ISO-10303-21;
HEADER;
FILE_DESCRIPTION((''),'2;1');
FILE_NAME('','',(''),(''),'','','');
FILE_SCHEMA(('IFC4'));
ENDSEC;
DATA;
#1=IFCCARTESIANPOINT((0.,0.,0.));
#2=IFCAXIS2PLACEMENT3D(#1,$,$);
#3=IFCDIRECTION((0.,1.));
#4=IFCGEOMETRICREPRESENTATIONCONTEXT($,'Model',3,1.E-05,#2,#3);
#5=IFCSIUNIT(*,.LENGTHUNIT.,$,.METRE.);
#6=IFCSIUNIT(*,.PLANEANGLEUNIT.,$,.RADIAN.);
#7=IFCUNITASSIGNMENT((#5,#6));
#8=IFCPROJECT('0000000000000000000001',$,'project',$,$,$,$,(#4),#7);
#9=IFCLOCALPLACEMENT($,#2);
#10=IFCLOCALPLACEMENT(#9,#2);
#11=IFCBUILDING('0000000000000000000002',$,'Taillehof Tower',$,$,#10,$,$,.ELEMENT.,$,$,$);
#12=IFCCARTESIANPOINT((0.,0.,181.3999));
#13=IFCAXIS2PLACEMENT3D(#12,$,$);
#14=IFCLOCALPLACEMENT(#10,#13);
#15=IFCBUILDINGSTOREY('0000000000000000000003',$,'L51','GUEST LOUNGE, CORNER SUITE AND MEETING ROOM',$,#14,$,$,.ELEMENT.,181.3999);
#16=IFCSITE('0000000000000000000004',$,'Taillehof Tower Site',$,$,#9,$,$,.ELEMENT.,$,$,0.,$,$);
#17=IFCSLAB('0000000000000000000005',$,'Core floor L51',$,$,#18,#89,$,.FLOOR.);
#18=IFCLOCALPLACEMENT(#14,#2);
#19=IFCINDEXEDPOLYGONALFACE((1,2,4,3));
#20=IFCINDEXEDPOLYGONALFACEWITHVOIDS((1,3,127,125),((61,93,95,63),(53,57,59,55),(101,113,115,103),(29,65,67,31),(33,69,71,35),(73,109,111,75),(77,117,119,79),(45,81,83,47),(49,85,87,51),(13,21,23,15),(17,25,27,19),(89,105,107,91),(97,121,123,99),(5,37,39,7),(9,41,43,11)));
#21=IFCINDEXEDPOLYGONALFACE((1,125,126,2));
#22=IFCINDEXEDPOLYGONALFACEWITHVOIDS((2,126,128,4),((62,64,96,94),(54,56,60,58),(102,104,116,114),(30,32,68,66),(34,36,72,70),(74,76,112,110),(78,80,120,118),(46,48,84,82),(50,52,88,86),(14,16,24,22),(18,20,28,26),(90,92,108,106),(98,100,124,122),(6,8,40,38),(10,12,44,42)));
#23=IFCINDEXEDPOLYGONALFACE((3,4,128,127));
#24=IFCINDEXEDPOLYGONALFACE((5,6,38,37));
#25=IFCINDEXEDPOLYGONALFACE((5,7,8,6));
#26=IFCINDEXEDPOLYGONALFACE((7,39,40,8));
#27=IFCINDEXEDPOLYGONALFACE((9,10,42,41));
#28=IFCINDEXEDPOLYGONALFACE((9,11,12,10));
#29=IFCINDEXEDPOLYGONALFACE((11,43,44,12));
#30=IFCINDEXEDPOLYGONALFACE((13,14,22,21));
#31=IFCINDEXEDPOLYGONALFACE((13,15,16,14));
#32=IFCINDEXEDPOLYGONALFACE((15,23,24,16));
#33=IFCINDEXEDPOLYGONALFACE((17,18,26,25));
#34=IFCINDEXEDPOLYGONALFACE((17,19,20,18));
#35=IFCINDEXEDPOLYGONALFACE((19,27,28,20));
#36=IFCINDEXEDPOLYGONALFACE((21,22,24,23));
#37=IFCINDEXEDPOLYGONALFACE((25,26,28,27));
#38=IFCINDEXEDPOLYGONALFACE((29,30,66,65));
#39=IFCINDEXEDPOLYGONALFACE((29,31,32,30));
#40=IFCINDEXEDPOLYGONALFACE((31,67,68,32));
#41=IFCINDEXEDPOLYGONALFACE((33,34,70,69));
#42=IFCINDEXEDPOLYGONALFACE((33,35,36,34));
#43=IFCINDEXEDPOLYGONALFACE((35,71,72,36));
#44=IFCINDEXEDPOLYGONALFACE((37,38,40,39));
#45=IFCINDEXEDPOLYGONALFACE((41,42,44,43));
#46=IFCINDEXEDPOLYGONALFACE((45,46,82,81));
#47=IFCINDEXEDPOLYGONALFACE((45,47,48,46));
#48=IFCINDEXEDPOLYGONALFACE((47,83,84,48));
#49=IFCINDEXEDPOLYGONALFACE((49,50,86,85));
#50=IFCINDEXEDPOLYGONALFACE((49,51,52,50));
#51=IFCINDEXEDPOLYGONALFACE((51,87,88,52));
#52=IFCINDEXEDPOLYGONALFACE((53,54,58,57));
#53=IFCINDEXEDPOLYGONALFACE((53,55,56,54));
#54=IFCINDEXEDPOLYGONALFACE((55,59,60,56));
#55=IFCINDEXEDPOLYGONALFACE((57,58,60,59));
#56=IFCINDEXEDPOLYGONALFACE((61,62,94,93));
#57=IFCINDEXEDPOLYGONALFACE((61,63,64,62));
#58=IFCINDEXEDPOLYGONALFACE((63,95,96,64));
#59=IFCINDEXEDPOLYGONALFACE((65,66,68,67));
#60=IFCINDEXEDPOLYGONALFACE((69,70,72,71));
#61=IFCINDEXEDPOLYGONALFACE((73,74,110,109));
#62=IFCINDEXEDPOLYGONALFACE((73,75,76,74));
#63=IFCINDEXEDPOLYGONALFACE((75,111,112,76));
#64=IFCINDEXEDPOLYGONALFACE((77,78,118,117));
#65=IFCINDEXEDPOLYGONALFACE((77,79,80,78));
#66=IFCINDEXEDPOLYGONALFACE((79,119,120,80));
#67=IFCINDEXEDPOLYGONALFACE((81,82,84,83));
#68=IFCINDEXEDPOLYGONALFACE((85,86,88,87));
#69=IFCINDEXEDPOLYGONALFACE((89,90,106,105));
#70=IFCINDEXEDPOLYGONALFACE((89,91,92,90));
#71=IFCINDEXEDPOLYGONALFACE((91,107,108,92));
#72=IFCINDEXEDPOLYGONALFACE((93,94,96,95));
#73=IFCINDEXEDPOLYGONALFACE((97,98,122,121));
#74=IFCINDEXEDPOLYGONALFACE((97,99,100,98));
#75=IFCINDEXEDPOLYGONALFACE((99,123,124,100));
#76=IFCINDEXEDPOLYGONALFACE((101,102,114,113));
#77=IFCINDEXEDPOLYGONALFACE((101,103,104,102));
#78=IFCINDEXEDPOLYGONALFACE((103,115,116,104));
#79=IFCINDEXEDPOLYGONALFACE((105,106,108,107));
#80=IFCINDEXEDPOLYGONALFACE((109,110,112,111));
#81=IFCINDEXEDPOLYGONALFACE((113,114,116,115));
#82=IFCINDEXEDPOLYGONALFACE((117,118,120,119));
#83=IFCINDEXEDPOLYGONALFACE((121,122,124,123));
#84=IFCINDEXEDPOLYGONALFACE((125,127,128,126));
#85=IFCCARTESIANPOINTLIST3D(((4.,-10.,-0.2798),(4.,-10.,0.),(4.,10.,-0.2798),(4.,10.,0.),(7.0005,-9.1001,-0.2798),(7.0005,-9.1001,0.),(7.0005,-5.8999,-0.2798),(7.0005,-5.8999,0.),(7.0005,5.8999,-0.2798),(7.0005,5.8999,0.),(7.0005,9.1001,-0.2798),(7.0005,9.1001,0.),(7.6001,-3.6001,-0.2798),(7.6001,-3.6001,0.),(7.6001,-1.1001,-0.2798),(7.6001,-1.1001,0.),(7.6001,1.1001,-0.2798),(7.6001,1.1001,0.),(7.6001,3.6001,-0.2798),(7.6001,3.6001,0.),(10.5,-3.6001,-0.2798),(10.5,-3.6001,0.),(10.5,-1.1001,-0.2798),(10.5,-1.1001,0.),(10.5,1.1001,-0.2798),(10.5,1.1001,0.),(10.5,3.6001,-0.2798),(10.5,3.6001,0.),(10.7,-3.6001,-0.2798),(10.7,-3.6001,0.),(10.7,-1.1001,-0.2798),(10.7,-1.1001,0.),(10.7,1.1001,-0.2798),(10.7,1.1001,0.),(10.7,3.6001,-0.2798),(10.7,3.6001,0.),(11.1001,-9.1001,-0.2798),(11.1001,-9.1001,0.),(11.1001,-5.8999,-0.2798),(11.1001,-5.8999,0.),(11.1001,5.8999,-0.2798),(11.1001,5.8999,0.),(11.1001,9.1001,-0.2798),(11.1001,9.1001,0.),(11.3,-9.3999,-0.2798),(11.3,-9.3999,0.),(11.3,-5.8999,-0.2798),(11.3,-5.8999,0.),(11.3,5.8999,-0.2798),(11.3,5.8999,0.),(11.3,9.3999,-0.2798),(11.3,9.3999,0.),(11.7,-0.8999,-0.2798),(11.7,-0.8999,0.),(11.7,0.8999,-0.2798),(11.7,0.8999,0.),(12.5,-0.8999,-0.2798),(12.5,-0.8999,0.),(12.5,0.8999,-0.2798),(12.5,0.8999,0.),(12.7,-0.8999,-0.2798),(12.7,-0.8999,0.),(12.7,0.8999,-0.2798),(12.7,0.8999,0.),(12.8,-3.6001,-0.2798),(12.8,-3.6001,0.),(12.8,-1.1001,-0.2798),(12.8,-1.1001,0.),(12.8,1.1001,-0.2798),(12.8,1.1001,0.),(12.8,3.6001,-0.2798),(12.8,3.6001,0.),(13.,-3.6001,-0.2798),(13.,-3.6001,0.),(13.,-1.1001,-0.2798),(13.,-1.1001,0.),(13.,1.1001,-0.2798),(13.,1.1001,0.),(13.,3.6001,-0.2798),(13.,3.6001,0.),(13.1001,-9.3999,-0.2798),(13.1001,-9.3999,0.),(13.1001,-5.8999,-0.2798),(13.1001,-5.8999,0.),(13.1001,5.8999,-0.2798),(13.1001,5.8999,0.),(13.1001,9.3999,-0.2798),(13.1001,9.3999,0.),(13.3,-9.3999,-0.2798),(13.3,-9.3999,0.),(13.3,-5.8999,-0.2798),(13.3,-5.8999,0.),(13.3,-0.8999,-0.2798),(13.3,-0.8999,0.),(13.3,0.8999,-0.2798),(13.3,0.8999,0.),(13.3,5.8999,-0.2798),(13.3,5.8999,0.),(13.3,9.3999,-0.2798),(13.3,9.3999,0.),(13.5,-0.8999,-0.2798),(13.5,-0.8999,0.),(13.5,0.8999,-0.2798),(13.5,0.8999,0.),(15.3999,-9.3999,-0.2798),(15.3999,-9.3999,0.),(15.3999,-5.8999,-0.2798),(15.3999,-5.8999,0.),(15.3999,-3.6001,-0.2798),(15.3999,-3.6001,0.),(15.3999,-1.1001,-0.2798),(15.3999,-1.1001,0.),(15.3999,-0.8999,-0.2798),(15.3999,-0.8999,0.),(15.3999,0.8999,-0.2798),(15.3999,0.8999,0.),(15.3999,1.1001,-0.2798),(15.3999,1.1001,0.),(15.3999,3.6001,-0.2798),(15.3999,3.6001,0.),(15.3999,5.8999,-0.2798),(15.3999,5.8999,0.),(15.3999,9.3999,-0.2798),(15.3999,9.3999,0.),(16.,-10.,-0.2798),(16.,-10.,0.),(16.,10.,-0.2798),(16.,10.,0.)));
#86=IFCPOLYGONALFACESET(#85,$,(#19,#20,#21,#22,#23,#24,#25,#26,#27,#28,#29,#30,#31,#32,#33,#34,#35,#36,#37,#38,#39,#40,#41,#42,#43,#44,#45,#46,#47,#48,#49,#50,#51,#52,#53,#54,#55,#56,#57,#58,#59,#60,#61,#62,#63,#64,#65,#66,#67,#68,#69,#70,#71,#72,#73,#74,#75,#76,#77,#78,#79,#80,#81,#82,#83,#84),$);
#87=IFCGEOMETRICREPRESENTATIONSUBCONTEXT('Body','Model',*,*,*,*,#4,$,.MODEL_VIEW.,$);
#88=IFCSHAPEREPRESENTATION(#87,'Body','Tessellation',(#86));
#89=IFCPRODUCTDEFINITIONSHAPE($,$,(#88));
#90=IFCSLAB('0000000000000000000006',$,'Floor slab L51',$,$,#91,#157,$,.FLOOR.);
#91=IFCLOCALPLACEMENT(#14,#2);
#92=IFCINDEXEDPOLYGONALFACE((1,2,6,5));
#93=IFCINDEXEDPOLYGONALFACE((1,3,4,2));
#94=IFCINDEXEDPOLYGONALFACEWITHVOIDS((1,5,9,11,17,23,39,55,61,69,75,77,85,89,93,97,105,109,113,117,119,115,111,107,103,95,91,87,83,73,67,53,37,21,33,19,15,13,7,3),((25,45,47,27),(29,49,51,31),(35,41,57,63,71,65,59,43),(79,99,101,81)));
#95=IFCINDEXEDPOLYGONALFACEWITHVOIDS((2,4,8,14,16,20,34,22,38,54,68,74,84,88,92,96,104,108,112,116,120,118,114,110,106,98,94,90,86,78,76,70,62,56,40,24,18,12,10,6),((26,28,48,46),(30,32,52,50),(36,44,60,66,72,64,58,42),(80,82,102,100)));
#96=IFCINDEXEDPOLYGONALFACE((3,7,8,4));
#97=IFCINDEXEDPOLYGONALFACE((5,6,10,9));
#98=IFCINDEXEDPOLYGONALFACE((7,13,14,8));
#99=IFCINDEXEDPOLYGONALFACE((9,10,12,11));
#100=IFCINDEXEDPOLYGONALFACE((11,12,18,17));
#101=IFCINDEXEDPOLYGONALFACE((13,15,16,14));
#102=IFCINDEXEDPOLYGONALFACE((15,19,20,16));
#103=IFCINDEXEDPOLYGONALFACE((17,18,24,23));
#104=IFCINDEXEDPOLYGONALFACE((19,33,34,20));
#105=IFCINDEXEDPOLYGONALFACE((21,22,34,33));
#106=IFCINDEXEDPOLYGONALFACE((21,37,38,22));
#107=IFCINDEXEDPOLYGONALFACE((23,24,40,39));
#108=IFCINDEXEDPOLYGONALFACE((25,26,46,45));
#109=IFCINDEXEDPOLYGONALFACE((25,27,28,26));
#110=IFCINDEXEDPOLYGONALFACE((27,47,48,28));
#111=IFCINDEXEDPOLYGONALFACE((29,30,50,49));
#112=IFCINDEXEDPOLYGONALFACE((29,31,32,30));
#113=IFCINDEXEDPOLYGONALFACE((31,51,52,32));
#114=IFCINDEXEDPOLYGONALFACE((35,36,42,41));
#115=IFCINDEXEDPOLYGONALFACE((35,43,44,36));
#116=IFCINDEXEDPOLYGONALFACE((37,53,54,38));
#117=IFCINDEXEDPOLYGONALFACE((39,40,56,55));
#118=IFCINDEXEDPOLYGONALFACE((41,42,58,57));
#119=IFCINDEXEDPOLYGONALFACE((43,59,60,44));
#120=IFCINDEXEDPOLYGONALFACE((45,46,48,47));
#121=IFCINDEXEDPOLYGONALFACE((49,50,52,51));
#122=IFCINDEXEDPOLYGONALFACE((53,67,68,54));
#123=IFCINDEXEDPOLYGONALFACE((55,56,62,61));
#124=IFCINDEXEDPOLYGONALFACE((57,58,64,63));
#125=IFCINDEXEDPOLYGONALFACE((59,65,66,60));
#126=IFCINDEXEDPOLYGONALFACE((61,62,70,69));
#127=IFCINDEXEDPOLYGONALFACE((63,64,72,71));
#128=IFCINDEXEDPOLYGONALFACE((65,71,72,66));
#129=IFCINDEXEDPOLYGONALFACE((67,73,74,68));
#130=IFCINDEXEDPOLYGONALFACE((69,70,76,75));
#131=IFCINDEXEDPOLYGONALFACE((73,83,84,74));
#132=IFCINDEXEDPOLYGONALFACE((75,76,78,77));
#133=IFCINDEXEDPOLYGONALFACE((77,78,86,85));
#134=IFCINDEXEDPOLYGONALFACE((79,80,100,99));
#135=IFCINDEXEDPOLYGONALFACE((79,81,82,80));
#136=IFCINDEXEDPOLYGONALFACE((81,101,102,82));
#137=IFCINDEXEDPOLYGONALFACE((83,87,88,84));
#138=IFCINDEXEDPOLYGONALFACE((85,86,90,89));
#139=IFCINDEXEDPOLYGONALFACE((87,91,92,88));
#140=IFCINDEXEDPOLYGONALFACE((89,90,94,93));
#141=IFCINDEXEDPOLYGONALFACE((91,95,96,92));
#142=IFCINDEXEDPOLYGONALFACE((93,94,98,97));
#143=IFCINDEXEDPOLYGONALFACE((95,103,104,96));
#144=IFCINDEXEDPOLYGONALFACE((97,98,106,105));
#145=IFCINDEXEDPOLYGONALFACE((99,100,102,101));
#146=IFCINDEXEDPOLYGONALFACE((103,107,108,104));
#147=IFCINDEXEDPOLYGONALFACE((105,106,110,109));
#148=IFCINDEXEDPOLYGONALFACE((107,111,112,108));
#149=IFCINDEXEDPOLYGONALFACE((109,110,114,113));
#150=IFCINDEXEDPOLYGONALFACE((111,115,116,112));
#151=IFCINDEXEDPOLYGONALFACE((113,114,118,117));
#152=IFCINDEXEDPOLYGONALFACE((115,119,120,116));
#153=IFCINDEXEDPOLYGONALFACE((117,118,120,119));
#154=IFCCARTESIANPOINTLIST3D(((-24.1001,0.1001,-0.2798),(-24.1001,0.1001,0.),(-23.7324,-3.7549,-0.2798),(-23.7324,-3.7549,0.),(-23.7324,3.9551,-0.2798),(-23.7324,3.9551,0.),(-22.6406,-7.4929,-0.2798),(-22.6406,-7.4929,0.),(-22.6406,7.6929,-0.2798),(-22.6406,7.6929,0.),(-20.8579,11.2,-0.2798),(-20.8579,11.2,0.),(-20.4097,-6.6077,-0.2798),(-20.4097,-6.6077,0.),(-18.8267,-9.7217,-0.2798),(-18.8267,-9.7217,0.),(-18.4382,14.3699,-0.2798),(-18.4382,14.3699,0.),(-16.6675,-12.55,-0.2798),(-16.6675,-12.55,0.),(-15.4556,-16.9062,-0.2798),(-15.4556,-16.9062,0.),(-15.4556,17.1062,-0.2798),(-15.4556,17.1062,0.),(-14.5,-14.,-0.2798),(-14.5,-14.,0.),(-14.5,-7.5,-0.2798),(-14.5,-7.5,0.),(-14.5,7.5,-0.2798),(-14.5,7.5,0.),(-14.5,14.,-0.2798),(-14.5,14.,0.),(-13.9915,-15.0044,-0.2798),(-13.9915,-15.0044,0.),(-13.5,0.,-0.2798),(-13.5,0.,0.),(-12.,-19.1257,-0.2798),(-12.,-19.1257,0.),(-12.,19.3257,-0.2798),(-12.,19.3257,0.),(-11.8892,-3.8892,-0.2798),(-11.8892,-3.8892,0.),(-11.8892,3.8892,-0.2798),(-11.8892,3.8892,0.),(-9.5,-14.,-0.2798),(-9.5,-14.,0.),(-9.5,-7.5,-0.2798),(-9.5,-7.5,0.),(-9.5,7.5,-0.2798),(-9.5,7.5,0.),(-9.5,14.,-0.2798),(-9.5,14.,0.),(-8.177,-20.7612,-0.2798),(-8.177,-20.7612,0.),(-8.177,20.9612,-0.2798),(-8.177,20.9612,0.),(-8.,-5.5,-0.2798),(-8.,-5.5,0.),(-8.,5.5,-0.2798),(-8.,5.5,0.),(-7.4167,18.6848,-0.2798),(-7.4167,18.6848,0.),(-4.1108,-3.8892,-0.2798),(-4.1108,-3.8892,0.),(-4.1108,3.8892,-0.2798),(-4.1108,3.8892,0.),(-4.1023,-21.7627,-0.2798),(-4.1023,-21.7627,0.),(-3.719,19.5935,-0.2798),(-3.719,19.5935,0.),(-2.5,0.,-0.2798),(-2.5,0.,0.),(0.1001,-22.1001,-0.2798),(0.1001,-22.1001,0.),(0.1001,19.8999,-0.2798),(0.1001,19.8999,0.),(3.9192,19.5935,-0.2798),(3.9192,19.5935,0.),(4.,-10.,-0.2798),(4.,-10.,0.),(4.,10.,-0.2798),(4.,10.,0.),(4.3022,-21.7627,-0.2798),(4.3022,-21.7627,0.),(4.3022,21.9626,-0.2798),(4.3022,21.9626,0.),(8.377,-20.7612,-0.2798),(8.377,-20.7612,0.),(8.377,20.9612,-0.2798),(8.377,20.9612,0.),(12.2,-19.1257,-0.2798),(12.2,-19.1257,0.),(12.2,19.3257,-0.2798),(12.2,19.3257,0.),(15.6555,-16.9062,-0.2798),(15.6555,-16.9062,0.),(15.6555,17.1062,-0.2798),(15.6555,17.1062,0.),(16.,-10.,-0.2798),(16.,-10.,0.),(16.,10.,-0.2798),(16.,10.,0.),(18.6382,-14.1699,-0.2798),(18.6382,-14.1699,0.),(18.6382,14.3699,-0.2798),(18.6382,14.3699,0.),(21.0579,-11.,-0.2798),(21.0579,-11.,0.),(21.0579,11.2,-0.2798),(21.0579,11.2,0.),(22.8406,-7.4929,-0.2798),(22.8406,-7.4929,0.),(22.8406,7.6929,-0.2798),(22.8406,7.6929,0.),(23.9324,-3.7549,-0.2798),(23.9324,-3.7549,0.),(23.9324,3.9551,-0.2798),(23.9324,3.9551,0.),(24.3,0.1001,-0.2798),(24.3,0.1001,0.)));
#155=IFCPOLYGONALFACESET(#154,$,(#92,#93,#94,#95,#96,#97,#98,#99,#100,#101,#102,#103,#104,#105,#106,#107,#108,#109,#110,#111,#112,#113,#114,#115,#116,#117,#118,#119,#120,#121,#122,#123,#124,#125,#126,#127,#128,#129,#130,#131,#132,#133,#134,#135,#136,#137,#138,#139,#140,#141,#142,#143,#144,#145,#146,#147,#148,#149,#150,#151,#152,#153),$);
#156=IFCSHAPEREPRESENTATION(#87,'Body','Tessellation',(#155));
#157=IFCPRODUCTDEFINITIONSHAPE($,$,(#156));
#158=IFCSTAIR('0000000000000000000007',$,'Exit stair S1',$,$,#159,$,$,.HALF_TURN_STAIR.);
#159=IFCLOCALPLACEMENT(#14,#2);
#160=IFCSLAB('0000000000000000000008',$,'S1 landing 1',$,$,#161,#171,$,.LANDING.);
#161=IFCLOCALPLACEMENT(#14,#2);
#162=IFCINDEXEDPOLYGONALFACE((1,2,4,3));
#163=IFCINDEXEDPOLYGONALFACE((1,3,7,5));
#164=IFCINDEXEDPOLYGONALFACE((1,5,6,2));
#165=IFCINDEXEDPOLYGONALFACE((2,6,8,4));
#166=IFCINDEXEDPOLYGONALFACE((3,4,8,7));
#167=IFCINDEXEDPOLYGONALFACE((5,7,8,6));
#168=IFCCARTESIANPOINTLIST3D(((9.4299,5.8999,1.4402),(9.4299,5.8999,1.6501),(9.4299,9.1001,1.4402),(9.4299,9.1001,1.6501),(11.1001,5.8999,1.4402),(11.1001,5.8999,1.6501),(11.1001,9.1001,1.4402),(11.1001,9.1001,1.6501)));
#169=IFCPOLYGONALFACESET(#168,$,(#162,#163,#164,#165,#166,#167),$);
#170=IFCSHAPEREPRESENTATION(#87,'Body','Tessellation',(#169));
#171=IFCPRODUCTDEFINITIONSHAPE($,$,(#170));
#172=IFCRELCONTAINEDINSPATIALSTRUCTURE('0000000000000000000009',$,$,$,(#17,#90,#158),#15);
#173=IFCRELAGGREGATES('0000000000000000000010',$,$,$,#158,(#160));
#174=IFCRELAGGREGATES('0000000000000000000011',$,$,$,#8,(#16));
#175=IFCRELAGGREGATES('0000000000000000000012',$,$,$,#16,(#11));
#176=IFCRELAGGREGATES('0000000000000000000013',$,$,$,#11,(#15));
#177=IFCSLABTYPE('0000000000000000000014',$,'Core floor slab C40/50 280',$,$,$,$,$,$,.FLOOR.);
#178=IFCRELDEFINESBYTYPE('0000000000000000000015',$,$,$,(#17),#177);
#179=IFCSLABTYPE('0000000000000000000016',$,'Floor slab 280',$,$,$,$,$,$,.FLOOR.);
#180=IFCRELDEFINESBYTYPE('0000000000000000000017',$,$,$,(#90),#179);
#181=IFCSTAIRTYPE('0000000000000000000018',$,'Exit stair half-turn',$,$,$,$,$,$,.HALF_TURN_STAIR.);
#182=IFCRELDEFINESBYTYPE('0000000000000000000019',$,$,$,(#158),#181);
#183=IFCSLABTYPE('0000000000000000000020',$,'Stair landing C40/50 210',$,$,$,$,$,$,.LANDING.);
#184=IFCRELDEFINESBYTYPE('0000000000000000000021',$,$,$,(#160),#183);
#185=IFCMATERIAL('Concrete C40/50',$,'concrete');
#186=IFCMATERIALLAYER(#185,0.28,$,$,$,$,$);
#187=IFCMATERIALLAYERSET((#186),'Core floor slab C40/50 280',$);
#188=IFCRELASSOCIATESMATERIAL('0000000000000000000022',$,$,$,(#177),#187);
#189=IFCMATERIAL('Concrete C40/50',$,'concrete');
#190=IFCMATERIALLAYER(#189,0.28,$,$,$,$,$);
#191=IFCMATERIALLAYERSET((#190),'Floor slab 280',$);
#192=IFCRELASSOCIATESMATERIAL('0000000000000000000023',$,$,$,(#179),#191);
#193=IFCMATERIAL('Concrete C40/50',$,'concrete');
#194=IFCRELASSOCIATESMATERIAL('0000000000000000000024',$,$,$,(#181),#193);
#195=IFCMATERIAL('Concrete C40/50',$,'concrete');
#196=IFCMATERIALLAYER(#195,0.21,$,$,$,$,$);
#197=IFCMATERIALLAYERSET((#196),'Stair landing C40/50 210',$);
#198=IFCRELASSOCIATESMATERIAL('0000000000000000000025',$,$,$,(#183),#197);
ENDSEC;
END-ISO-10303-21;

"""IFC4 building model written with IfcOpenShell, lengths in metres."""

from ifc_helpers import new_model, si_unit, direction, frame, origin, place, context, subcontext, project, spatial, polyline, outline, extrude, material, layer, layer_set, type_object, element, aggregate, save


model = new_model("IFC4")

# Units and contexts
model_context = context("Model", 3, precision=1e-05, world=origin(), true_north=direction((0.0, 1.0)))
body_context = subcontext(model_context, "Body", "Model", "MODEL_VIEW")
ifc_project = project(units=[si_unit("LENGTHUNIT", "METRE"), si_unit("PLANEANGLEUNIT", "RADIAN")], contexts=[model_context])

# Site, building, storey
site_placement = place(None, origin())
site = spatial("IfcSite", under=ifc_project, at=site_placement, Name="Taillehof Tower Site", CompositionType="ELEMENT", RefElevation=0.0)
building_placement = place(site_placement, origin())
building = spatial("IfcBuilding", under=site, at=building_placement, Name="Taillehof Tower", CompositionType="ELEMENT")
storey_placement = place(building_placement, frame((0.0, 0.0, 181.3999)))
storey = spatial("IfcBuildingStorey", under=building, at=storey_placement, Name="L51", Description="GUEST LOUNGE, CORNER SUITE AND MEETING ROOM", CompositionType="ELEMENT", Elevation=181.3999)

# Slabs
ifc_material_1 = material(Name="Concrete C40/50", Category="concrete")
ifc_layer_1 = layer(ifc_material_1, 0.28)
ifc_layer_set_1 = layer_set([ifc_layer_1], Name="Core floor slab C40/50 280")
slab_type_1 = type_object("IfcSlabType", Name="Core floor slab C40/50 280", PredefinedType="FLOOR", material=ifc_layer_set_1)
slab_1_placement = place(storey_placement, frame((0.0, 0.0, -0.2798)))
element("IfcSlab", 1, at=slab_1_placement, inside=storey, type_object=slab_type_1, Name="Core floor L51", PredefinedType="FLOOR", context=body_context, shape_type="SweptSolid", body=[
    extrude(outline(polyline([(4.0, -10.0), (4.0, 10.0), (16.0, 10.0), (16.0, -10.0), (4.0, -10.0)]), holes=[polyline([(11.1001, -9.1001), (11.1001, -5.8999), (7.0005, -5.8999), (7.0005, -9.1001), (11.1001, -9.1001)]), polyline([(10.5, -3.6001), (10.5, -1.1001), (7.6001, -1.1001), (7.6001, -3.6001), (10.5, -3.6001)]), polyline([(12.8, -3.6001), (12.8, -1.1001), (10.7, -1.1001), (10.7, -3.6001), (12.8, -3.6001)]), polyline([(12.5, -0.8999), (12.5, 0.8999), (11.7, 0.8999), (11.7, -0.8999), (12.5, -0.8999)]), polyline([(10.5, 1.1001), (10.5, 3.6001), (7.6001, 3.6001), (7.6001, 1.1001), (10.5, 1.1001)]), polyline([(12.8, 1.1001), (12.8, 3.6001), (10.7, 3.6001), (10.7, 1.1001), (12.8, 1.1001)]), polyline([(11.1001, 5.8999), (11.1001, 9.1001), (7.0005, 9.1001), (7.0005, 5.8999), (11.1001, 5.8999)]), polyline([(13.1001, 5.8999), (13.1001, 9.3999), (11.3, 9.3999), (11.3, 5.8999), (13.1001, 5.8999)]), polyline([(13.1001, -9.3999), (13.1001, -5.8999), (11.3, -5.8999), (11.3, -9.3999), (13.1001, -9.3999)]), polyline([(15.3999, -9.3999), (15.3999, -5.8999), (13.3, -5.8999), (13.3, -9.3999), (15.3999, -9.3999)]), polyline([(15.3999, -3.6001), (15.3999, -1.1001), (13.0, -1.1001), (13.0, -3.6001), (15.3999, -3.6001)]), polyline([(13.3, -0.8999), (13.3, 0.8999), (12.7, 0.8999), (12.7, -0.8999), (13.3, -0.8999)]), polyline([(15.3999, -0.8999), (15.3999, 0.8999), (13.5, 0.8999), (13.5, -0.8999), (15.3999, -0.8999)]), polyline([(15.3999, 1.1001), (15.3999, 3.6001), (13.0, 3.6001), (13.0, 1.1001), (15.3999, 1.1001)]), polyline([(15.3999, 5.8999), (15.3999, 9.3999), (13.3, 9.3999), (13.3, 5.8999), (15.3999, 5.8999)])]), origin(), (0.0, 0.0, 1.0), 0.2798),
])
ifc_material_2 = material(Name="Concrete C40/50", Category="concrete")
ifc_layer_2 = layer(ifc_material_2, 0.28)
ifc_layer_set_2 = layer_set([ifc_layer_2], Name="Floor slab 280")
slab_type_2 = type_object("IfcSlabType", Name="Floor slab 280", PredefinedType="FLOOR", material=ifc_layer_set_2)
slab_2_placement = place(storey_placement, frame((0.0, 0.0, -0.2798)))
element("IfcSlab", 2, at=slab_2_placement, inside=storey, type_object=slab_type_2, Name="Floor slab L51", PredefinedType="FLOOR", context=body_context, shape_type="SweptSolid", body=[
    extrude(outline(polyline([(24.3, 0.1001), (23.9324, 3.9551), (22.8406, 7.6929), (21.0579, 11.2), (18.6382, 14.3699), (15.6555, 17.1062), (12.2, 19.3257), (8.377, 20.9612), (4.3022, 21.9626), (3.9192, 19.5935), (0.1001, 19.8999), (-3.719, 19.5935), (-7.4167, 18.6848), (-8.177, 20.9612), (-12.0, 19.3257), (-15.4556, 17.1062), (-18.4382, 14.3699), (-20.8579, 11.2), (-22.6406, 7.6929), (-23.7324, 3.9551), (-24.1001, 0.1001), (-23.7324, -3.7549), (-22.6406, -7.4929), (-20.4097, -6.6077), (-18.8267, -9.7217), (-16.6675, -12.55), (-13.9915, -15.0044), (-15.4556, -16.9062), (-12.0, -19.1257), (-8.177, -20.7612), (-4.1023, -21.7627), (0.1001, -22.1001), (4.3022, -21.7627), (8.377, -20.7612), (12.2, -19.1257), (15.6555, -16.9062), (18.6382, -14.1699), (21.0579, -11.0), (22.8406, -7.4929), (23.9324, -3.7549), (24.3, 0.1001)]), holes=[polyline([(-14.5, -7.5), (-9.5, -7.5), (-9.5, -14.0), (-14.5, -14.0), (-14.5, -7.5)]), polyline([(-8.0, -5.5), (-11.8892, -3.8892), (-13.5, 0.0), (-11.8892, 3.8892), (-8.0, 5.5), (-4.1108, 3.8892), (-2.5, 0.0), (-4.1108, -3.8892), (-8.0, -5.5)]), polyline([(16.0, 10.0), (16.0, -10.0), (4.0, -10.0), (4.0, 10.0), (16.0, 10.0)]), polyline([(-14.5, 14.0), (-9.5, 14.0), (-9.5, 7.5), (-14.5, 7.5), (-14.5, 14.0)])]), origin(), (0.0, 0.0, 1.0), 0.2798),
])

# Stair, slab
ifc_material_3 = material(Name="Concrete C40/50", Category="concrete")
stair_type = type_object("IfcStairType", Name="Exit stair half-turn", PredefinedType="HALF_TURN_STAIR", material=ifc_material_3)
stair_1_placement = place(storey_placement, origin())
stair_1 = element("IfcStair", 3, at=stair_1_placement, inside=storey, type_object=stair_type, Name="Exit stair S1", PredefinedType="HALF_TURN_STAIR")
ifc_material_4 = material(Name="Concrete C40/50", Category="concrete")
ifc_layer_3 = layer(ifc_material_4, 0.21)
ifc_layer_set_3 = layer_set([ifc_layer_3], Name="Stair landing C40/50 210")
slab_type_3 = type_object("IfcSlabType", Name="Stair landing C40/50 210", PredefinedType="LANDING", material=ifc_layer_set_3)
slab_3_placement = place(storey_placement, frame((0.0, 0.0, 1.4402)))
slab_3 = element("IfcSlab", 4, at=slab_3_placement, type_object=slab_type_3, Name="S1 landing 1", PredefinedType="LANDING", context=body_context, shape_type="SweptSolid", body=[
    extrude(outline(polyline([(9.4299, 5.8999), (11.1001, 5.8999), (11.1001, 9.1001), (9.4299, 9.1001), (9.4299, 5.8999)])), origin(), (0.0, 0.0, 1.0), 0.21),
])
aggregate(stair_1, [slab_3])

save(model, "model.ifc")
